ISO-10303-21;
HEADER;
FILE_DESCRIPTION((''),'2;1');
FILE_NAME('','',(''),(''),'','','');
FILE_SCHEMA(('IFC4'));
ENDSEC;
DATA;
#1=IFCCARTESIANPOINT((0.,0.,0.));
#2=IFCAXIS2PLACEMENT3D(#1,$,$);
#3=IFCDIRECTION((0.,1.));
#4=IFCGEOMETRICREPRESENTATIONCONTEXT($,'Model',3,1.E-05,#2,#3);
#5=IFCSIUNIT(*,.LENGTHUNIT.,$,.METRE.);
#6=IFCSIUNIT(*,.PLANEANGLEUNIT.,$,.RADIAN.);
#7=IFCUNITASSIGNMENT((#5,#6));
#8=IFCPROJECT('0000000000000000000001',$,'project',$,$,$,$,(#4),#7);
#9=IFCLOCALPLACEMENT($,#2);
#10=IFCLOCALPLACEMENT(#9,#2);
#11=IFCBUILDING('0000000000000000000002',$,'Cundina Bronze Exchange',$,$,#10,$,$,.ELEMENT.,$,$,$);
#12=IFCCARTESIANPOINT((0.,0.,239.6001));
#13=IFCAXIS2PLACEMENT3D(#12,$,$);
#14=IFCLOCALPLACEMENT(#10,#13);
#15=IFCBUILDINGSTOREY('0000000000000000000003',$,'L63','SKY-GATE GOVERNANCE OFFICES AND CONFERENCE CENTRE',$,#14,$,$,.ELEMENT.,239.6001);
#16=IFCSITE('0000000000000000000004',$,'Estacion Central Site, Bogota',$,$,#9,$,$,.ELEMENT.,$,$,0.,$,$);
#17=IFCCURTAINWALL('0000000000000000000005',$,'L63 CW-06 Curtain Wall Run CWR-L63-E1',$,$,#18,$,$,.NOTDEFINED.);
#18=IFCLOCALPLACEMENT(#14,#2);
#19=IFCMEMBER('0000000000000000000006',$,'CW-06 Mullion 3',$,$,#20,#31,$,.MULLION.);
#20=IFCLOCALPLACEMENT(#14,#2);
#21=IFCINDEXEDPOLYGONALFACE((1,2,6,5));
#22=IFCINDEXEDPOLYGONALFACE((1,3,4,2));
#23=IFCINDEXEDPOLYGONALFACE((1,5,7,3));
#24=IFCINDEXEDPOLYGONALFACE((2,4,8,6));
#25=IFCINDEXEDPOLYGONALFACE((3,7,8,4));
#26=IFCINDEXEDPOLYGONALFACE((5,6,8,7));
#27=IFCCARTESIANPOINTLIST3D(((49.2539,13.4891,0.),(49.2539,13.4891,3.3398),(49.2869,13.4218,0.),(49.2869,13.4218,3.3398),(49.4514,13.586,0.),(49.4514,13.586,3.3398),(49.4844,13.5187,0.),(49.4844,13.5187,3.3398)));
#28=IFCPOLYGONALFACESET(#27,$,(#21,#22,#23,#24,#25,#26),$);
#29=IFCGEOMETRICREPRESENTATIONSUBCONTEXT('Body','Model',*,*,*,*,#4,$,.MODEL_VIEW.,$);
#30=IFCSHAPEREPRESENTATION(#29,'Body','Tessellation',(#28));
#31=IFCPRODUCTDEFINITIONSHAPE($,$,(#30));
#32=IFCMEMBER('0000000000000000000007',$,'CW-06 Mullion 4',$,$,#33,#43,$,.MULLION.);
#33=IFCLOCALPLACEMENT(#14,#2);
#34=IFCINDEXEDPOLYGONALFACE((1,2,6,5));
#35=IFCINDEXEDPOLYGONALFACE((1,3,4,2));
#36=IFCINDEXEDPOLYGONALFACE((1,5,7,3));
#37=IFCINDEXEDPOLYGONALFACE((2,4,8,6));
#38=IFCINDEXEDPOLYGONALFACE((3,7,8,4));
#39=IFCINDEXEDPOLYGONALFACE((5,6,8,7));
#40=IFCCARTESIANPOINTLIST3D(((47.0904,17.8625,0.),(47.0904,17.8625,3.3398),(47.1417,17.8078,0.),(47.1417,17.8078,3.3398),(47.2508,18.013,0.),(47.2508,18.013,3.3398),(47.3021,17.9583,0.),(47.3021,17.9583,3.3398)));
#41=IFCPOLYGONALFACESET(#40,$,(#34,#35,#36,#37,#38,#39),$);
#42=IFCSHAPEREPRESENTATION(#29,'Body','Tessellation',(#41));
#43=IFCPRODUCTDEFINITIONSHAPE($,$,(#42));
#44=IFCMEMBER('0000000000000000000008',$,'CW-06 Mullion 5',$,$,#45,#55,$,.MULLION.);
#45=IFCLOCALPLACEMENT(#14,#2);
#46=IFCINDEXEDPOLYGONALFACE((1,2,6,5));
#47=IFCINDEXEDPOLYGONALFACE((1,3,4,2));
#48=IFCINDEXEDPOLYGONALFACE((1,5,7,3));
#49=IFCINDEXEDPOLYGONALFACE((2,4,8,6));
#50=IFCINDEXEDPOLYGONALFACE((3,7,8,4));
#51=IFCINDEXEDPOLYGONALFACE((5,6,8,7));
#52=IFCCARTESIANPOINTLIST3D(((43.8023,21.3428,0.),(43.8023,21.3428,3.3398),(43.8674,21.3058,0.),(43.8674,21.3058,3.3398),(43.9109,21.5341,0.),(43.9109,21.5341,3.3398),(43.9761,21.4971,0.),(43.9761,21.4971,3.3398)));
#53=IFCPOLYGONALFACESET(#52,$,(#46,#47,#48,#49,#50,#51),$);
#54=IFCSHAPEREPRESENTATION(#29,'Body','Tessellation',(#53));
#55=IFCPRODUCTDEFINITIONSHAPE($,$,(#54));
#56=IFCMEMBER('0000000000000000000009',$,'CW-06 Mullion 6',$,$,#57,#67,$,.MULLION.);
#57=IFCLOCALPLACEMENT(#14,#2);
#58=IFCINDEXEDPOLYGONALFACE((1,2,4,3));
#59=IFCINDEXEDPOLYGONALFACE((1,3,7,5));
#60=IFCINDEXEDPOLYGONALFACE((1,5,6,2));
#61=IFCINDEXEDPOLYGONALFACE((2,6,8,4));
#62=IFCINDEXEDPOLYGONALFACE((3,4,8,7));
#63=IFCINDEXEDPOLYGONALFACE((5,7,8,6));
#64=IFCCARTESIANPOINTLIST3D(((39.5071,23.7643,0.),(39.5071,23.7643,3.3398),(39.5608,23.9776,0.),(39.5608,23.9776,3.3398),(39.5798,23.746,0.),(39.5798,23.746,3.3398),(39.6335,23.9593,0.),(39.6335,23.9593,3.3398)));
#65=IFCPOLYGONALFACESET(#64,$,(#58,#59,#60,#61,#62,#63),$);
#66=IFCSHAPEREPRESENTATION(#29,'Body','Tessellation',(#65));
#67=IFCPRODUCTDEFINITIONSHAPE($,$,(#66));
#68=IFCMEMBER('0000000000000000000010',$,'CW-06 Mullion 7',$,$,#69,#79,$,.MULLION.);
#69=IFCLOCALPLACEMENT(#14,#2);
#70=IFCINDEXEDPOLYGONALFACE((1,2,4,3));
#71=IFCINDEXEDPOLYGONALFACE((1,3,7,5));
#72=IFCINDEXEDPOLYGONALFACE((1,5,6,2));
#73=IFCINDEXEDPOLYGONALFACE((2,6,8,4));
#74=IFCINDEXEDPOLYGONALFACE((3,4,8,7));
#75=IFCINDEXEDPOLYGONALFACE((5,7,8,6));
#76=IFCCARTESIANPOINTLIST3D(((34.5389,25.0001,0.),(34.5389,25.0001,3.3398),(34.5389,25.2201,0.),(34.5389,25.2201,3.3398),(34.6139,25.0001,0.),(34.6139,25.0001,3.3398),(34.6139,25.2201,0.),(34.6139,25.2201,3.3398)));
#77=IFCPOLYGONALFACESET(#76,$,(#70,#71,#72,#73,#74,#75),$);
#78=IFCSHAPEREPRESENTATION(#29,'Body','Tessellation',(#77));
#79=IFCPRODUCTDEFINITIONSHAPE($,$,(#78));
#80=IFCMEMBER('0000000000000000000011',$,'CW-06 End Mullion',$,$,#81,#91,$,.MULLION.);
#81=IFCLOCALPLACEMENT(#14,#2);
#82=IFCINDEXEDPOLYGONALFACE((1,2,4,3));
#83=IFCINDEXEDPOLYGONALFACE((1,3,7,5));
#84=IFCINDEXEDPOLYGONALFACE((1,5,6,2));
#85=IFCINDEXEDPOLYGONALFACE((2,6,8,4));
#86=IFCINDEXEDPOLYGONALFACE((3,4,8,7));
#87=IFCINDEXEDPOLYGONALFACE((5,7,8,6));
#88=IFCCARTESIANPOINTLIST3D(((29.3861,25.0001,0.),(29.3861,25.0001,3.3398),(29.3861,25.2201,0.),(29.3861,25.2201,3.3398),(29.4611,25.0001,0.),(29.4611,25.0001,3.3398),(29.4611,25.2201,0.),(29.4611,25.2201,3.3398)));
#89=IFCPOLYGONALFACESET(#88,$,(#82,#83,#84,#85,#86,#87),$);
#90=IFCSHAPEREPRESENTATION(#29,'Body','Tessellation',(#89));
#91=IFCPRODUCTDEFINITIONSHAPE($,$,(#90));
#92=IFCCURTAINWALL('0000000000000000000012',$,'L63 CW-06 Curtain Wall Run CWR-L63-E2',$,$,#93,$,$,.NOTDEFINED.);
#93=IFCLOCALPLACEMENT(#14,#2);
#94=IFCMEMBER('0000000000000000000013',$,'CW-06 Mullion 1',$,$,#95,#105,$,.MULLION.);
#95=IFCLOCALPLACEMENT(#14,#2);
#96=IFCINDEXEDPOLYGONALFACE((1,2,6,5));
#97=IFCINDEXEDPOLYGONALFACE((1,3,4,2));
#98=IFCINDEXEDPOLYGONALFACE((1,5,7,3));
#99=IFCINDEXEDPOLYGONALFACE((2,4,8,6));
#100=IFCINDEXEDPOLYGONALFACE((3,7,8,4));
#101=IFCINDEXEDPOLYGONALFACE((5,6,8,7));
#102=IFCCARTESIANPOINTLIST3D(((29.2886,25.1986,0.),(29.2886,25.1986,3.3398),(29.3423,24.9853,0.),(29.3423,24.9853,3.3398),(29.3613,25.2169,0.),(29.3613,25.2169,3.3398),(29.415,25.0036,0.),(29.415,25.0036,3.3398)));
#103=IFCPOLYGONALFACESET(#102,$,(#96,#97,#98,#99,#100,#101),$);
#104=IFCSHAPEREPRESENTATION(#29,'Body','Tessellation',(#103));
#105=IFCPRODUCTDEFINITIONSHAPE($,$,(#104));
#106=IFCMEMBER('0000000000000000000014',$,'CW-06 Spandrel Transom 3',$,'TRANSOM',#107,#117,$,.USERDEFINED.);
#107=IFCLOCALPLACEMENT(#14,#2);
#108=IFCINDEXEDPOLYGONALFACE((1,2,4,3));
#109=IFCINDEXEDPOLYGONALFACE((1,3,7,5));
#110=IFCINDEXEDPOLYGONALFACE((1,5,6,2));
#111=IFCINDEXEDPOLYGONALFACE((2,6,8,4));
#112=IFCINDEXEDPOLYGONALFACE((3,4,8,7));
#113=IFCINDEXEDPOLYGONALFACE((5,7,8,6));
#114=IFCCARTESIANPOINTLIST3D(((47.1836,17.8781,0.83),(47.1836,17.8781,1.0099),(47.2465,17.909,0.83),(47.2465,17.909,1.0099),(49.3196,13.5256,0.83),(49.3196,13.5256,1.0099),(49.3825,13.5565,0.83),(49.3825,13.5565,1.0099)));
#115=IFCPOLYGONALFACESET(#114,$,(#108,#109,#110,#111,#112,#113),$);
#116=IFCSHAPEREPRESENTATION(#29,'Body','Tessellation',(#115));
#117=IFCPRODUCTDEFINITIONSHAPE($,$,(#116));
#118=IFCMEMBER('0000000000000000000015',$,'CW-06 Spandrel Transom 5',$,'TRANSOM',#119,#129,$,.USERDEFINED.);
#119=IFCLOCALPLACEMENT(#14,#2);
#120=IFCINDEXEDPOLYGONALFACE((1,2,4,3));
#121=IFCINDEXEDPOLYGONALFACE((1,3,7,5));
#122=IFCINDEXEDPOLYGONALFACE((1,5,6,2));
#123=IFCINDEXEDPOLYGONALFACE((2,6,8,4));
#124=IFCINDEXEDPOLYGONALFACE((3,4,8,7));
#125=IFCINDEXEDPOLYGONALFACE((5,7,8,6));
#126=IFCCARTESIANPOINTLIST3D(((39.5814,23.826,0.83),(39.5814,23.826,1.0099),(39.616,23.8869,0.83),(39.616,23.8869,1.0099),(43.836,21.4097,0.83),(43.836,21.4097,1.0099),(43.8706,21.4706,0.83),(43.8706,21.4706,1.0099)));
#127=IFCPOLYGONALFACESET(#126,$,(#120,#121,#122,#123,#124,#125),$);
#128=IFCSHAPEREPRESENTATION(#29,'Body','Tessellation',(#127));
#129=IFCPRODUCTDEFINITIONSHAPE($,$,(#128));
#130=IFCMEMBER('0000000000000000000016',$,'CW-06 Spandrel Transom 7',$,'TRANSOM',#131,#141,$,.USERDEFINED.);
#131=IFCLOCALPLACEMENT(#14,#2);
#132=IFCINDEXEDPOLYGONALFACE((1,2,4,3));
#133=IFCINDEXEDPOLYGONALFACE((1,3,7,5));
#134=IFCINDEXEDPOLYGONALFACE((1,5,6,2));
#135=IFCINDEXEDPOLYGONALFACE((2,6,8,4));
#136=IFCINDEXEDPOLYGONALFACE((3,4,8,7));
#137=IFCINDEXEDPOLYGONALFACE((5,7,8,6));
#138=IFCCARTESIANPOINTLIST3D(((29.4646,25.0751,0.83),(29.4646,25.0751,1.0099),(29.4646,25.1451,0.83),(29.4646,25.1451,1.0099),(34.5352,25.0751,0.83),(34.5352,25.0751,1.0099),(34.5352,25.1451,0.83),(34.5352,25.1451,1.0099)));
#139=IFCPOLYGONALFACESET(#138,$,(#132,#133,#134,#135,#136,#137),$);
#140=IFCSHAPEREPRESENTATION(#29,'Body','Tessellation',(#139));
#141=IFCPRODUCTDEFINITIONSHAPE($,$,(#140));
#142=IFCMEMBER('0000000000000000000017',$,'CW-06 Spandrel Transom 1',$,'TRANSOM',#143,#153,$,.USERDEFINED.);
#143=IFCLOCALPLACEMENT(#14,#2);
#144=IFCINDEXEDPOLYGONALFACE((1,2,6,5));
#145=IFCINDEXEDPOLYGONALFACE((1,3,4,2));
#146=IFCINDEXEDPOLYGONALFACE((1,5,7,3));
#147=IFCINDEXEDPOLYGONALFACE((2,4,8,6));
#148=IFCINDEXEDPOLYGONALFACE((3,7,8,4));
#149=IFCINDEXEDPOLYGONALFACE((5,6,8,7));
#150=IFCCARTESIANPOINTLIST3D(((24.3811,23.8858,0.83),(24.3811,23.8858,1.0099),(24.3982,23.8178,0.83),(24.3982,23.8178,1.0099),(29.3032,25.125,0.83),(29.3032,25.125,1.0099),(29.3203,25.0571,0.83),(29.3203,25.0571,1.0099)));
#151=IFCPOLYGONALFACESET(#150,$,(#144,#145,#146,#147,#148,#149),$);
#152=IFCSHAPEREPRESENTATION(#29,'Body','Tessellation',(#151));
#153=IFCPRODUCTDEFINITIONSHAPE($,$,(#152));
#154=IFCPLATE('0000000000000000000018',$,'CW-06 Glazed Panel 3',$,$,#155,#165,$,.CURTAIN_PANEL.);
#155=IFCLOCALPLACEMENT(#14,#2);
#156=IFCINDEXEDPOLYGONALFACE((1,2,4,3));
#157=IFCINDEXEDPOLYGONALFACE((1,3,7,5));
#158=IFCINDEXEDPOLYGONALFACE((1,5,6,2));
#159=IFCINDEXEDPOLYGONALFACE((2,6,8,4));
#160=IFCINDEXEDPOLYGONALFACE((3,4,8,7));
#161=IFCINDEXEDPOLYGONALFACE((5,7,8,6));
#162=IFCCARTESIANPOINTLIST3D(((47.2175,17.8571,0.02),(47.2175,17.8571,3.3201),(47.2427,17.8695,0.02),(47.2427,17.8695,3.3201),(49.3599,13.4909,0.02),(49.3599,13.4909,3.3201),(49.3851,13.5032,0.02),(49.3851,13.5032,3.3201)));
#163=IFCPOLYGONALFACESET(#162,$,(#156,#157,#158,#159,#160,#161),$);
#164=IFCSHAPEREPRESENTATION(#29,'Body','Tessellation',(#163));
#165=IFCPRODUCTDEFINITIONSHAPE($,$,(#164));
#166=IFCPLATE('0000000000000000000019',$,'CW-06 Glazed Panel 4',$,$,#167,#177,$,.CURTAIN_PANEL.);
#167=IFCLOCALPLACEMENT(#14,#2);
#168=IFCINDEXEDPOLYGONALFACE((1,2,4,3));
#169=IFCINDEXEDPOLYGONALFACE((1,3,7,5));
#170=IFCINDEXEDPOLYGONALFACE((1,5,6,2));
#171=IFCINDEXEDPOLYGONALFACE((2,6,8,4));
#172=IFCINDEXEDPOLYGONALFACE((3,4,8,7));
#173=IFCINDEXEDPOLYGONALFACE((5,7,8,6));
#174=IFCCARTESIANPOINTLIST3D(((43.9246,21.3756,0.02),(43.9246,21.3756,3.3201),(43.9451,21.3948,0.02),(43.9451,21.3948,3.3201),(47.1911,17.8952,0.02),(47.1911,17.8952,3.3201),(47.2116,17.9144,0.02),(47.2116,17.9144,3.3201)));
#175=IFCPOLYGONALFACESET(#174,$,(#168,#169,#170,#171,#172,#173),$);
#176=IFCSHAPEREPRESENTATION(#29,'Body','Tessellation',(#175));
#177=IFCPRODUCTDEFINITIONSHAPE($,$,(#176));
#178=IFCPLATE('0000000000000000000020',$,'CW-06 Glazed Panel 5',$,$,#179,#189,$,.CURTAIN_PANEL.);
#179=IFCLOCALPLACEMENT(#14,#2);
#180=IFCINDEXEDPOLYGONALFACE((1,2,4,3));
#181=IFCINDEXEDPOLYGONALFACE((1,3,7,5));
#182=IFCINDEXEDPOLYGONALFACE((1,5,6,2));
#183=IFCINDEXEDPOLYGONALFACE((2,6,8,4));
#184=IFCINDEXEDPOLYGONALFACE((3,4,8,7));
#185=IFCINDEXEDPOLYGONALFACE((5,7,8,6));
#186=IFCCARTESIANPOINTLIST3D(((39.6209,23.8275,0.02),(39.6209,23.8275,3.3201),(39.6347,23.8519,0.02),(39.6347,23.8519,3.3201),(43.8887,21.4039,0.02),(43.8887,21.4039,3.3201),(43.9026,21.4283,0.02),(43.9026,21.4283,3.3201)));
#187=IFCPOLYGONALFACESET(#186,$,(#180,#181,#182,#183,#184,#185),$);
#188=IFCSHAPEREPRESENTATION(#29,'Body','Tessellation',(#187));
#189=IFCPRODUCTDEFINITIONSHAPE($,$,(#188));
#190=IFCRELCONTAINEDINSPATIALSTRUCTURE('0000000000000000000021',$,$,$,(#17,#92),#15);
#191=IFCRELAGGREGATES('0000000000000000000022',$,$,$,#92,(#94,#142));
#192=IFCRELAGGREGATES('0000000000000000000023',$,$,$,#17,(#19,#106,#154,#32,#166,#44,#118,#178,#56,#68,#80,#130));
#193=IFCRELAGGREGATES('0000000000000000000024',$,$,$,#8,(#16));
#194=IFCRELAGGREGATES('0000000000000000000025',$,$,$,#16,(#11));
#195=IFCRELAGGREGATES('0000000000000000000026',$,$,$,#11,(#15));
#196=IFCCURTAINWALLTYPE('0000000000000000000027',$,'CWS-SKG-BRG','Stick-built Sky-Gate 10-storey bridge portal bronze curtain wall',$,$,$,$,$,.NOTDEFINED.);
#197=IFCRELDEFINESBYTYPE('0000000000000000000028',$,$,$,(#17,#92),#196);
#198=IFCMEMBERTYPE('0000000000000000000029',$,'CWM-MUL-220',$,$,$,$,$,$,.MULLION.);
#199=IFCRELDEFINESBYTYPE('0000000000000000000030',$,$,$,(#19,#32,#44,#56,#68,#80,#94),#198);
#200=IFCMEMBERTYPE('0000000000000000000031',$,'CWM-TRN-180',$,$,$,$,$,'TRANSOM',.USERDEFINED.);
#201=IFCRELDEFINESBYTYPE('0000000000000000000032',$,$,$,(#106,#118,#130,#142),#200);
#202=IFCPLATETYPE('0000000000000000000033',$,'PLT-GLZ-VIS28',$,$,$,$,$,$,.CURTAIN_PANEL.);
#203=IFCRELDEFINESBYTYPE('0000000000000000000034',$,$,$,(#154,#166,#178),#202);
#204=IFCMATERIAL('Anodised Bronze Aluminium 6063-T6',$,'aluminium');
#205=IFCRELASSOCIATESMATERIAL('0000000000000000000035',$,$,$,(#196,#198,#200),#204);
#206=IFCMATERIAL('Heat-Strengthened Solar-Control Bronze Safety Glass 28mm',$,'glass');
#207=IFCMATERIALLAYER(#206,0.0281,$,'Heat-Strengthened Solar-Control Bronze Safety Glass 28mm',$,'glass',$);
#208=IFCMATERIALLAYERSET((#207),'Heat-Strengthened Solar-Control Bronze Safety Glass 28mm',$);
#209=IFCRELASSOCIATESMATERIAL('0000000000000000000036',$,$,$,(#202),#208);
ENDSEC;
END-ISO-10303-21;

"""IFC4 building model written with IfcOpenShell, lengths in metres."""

from ifc_helpers import new_model, si_unit, direction, frame, origin, origin_2d, place, context, subcontext, project, spatial, rectangle, extrude, material, layer, layer_set, material_profile, profile_set, type_object, element, aggregate, save


model = new_model("IFC4")

# Units and contexts
model_context = context("Model", 3, precision=1e-05, world=origin(), true_north=direction((0.0, 1.0)))
body_context = subcontext(model_context, "Body", "Model", "MODEL_VIEW")
ifc_project = project(units=[si_unit("LENGTHUNIT", "METRE"), si_unit("PLANEANGLEUNIT", "RADIAN")], contexts=[model_context])

# Site, building, storey
site_placement = place(None, origin())
site = spatial("IfcSite", under=ifc_project, at=site_placement, Name="Estacion Central Site, Bogota", CompositionType="ELEMENT", RefElevation=0.0)
building_placement = place(site_placement, origin())
building = spatial("IfcBuilding", under=site, at=building_placement, Name="Cundina Bronze Exchange", CompositionType="ELEMENT")
storey_placement = place(building_placement, frame((0.0, 0.0, 239.6001)))
storey = spatial("IfcBuildingStorey", under=building, at=storey_placement, Name="L63", Description="SKY-GATE GOVERNANCE OFFICES AND CONFERENCE CENTRE", CompositionType="ELEMENT", Elevation=239.6001)

# Curtain wall, members
ifc_material_1 = material(Name="Anodised Bronze Aluminium 6063-T6", Category="aluminium")
curtain_wall_type = type_object("IfcCurtainWallType", Name="CWS-SKG-BRG", Description="Stick-built Sky-Gate 10-storey bridge portal bronze curtain wall", PredefinedType="NOTDEFINED", material=ifc_material_1)
curtain_wall_1_placement = place(storey_placement, origin())
curtain_wall_1 = element("IfcCurtainWall", 1, at=curtain_wall_1_placement, inside=storey, type_object=curtain_wall_type, Name="L63 CW-06 Curtain Wall Run CWR-L63-E1", PredefinedType="NOTDEFINED")
ifc_material_profile_1 = material_profile(ifc_material_1, rectangle(XDim=0.075, YDim=0.22, at=origin_2d()), Name="AL75X220", Category="aluminium")
ifc_profile_set_1 = profile_set([ifc_material_profile_1], Name="Anodised Bronze Aluminium 6063-T6")
member_type_1 = type_object("IfcMemberType", Name="CWM-MUL-220", PredefinedType="MULLION", material=ifc_profile_set_1)
member_1_placement = place(storey_placement, frame((49.3691, 13.5039, 0.0), z_axis=(0.0, 0.0, 1.0), x_axis=(-0.440566, 0.89772, 0.0)))
member_1 = element("IfcMember", 2, at=member_1_placement, type_object=member_type_1, Name="CW-06 Mullion 3", PredefinedType="MULLION", context=body_context, shape_type="SweptSolid", body=[
    extrude(rectangle(XDim=0.075, YDim=0.22, at=origin_2d()), origin(), (0.0, 0.0, 1.0), 3.3398),
])
member_2_placement = place(storey_placement, frame((47.1963, 17.9104, 0.0), z_axis=(0.0, 0.0, 1.0), x_axis=(-0.684293, 0.729208, 0.0)))
member_2 = element("IfcMember", 3, at=member_2_placement, type_object=member_type_1, Name="CW-06 Mullion 4", PredefinedType="MULLION", context=body_context, shape_type="SweptSolid", body=[
    extrude(rectangle(XDim=0.075, YDim=0.22, at=origin_2d()), origin(), (0.0, 0.0, 1.0), 3.3398),
])
member_3_placement = place(storey_placement, frame((43.8892, 21.4199, 0.0), z_axis=(0.0, 0.0, 1.0), x_axis=(-0.869581, 0.49379, 0.0)))
member_3 = element("IfcMember", 4, at=member_3_placement, type_object=member_type_1, Name="CW-06 Mullion 5", PredefinedType="MULLION", context=body_context, shape_type="SweptSolid", body=[
    extrude(rectangle(XDim=0.075, YDim=0.22, at=origin_2d()), origin(), (0.0, 0.0, 1.0), 3.3398),
])
member_4_placement = place(storey_placement, frame((39.5703, 23.8618, 0.0), z_axis=(0.0, 0.0, 1.0), x_axis=(-0.969744, 0.244123, 0.0)))
member_4 = element("IfcMember", 5, at=member_4_placement, type_object=member_type_1, Name="CW-06 Mullion 6", PredefinedType="MULLION", context=body_context, shape_type="SweptSolid", body=[
    extrude(rectangle(XDim=0.075, YDim=0.22, at=origin_2d()), origin(), (0.0, 0.0, 1.0), 3.3398),
])
member_5_placement = place(storey_placement, frame((34.5764, 25.1101, 0.0), z_axis=(0.0, 0.0, 1.0), x_axis=(-1.0, 0.0, 0.0)))
member_5 = element("IfcMember", 6, at=member_5_placement, type_object=member_type_1, Name="CW-06 Mullion 7", PredefinedType="MULLION", context=body_context, shape_type="SweptSolid", body=[
    extrude(rectangle(XDim=0.075, YDim=0.22, at=origin_2d()), origin(), (0.0, 0.0, 1.0), 3.3398),
])
member_6_placement = place(storey_placement, frame((29.4236, 25.1101, 0.0), z_axis=(0.0, 0.0, 1.0), x_axis=(-1.0, 0.0, 0.0)))
member_6 = element("IfcMember", 7, at=member_6_placement, type_object=member_type_1, Name="CW-06 End Mullion", PredefinedType="MULLION", context=body_context, shape_type="SweptSolid", body=[
    extrude(rectangle(XDim=0.075, YDim=0.22, at=origin_2d()), origin(), (0.0, 0.0, 1.0), 3.3398),
])

# Curtain wall, member
curtain_wall_2_placement = place(storey_placement, origin())
curtain_wall_2 = element("IfcCurtainWall", 8, at=curtain_wall_2_placement, inside=storey, type_object=curtain_wall_type, Name="L63 CW-06 Curtain Wall Run CWR-L63-E2", PredefinedType="NOTDEFINED")
member_7_placement = place(storey_placement, frame((29.3518, 25.1011, 0.0), z_axis=(0.0, 0.0, 1.0), x_axis=(-0.969744, -0.244123, 0.0)))
member_7 = element("IfcMember", 9, at=member_7_placement, type_object=member_type_1, Name="CW-06 Mullion 1", PredefinedType="MULLION", context=body_context, shape_type="SweptSolid", body=[
    extrude(rectangle(XDim=0.075, YDim=0.22, at=origin_2d()), origin(), (0.0, 0.0, 1.0), 3.3398),
])

# Members
ifc_material_profile_2 = material_profile(ifc_material_1, rectangle(XDim=0.0701, YDim=0.1799, at=origin_2d()), Name="AL70X180", Category="aluminium")
ifc_profile_set_2 = profile_set([ifc_material_profile_2], Name="Anodised Bronze Aluminium 6063-T6")
member_type_2 = type_object("IfcMemberType", Name="CWM-TRN-180", ElementType="TRANSOM", PredefinedType="USERDEFINED", material=ifc_profile_set_2)
member_8_placement = place(storey_placement, frame((49.3511, 13.541, 0.9199), z_axis=(-0.440554, 0.897726, 0.0), x_axis=(-0.897726, -0.440554, 0.0)))
member_8 = element("IfcMember", 10, at=member_8_placement, type_object=member_type_2, Name="CW-06 Spandrel Transom 3", ObjectType="TRANSOM", PredefinedType="USERDEFINED", context=body_context, shape_type="SweptSolid", body=[
    extrude(rectangle(XDim=0.0701, YDim=0.1799, at=origin_2d()), origin(), (0.0, 0.0, 1.0), 4.8484),
])
member_9_placement = place(storey_placement, frame((43.8533, 21.4402, 0.9199), z_axis=(-0.869557, 0.493832, 0.0), x_axis=(-0.493832, -0.869557, 0.0)))
member_9 = element("IfcMember", 11, at=member_9_placement, type_object=member_type_2, Name="CW-06 Spandrel Transom 5", ObjectType="TRANSOM", PredefinedType="USERDEFINED", context=body_context, shape_type="SweptSolid", body=[
    extrude(rectangle(XDim=0.0701, YDim=0.1799, at=origin_2d()), origin(), (0.0, 0.0, 1.0), 4.8928),
])
member_10_placement = place(storey_placement, frame((34.5352, 25.1101, 0.9199), z_axis=(-1.0, 0.0, 0.0), x_axis=(0.0, -1.0, 0.0)))
member_10 = element("IfcMember", 12, at=member_10_placement, type_object=member_type_2, Name="CW-06 Spandrel Transom 7", ObjectType="TRANSOM", PredefinedType="USERDEFINED", context=body_context, shape_type="SweptSolid", body=[
    extrude(rectangle(XDim=0.0701, YDim=0.1799, at=origin_2d()), origin(), (0.0, 0.0, 1.0), 5.0706),
])
member_11_placement = place(storey_placement, frame((29.3118, 25.0911, 0.9199), z_axis=(-0.969737, -0.244154, 0.0), x_axis=(0.244154, -0.969737, 0.0)))
member_11 = element("IfcMember", 13, at=member_11_placement, type_object=member_type_2, Name="CW-06 Spandrel Transom 1", ObjectType="TRANSOM", PredefinedType="USERDEFINED", context=body_context, shape_type="SweptSolid", body=[
    extrude(rectangle(XDim=0.0701, YDim=0.1799, at=origin_2d()), origin(), (0.0, 0.0, 1.0), 5.0757),
])
aggregate(curtain_wall_2, [member_7, member_11])

# Plates
ifc_material_2 = material(Name="Heat-Strengthened Solar-Control Bronze Safety Glass 28mm", Category="glass")
ifc_layer_1 = layer(ifc_material_2, 0.0281, Name="Heat-Strengthened Solar-Control Bronze Safety Glass 28mm", Category="glass")
ifc_layer_set_1 = layer_set([ifc_layer_1], Name="Heat-Strengthened Solar-Control Bronze Safety Glass 28mm")
plate_type_1 = type_object("IfcPlateType", Name="PLT-GLZ-VIS28", PredefinedType="CURTAIN_PANEL", material=ifc_layer_set_1)
plate_1_placement = place(storey_placement, frame((48.3013, 15.6802, 0.02), z_axis=(0.0, 0.0, 1.0), x_axis=(-0.440503, 0.897751, 0.0)))
plate_1 = element("IfcPlate", 14, at=plate_1_placement, type_object=plate_type_1, Name="CW-06 Glazed Panel 3", PredefinedType="CURTAIN_PANEL", context=body_context, shape_type="SweptSolid", body=[
    extrude(rectangle(XDim=4.8635, YDim=0.0281, at=origin_2d()), origin(), (0.0, 0.0, 1.0), 3.3),
])
plate_2_placement = place(storey_placement, frame((45.5681, 19.645, 0.02), z_axis=(0.0, 0.0, 1.0), x_axis=(-0.684344, 0.72916, 0.0)))
plate_2 = element("IfcPlate", 15, at=plate_2_placement, type_object=plate_type_1, Name="CW-06 Glazed Panel 4", PredefinedType="CURTAIN_PANEL", context=body_context, shape_type="SweptSolid", body=[
    extrude(rectangle(XDim=4.7732, YDim=0.0281, at=origin_2d()), origin(), (0.0, 0.0, 1.0), 3.3),
])
plate_3_placement = place(storey_placement, frame((41.7617, 22.6279, 0.02), z_axis=(0.0, 0.0, 1.0), x_axis=(-0.869573, 0.493805, 0.0)))
plate_3 = element("IfcPlate", 16, at=plate_3_placement, type_object=plate_type_1, Name="CW-06 Glazed Panel 5", PredefinedType="CURTAIN_PANEL", context=body_context, shape_type="SweptSolid", body=[
    extrude(rectangle(XDim=4.908, YDim=0.0281, at=origin_2d()), origin(), (0.0, 0.0, 1.0), 3.3),
])
aggregate(curtain_wall_1, [member_1, member_8, plate_1, member_2, plate_2, member_3, member_9, plate_3, member_4, member_5, member_6, member_10])

save(model, "model.ifc")
